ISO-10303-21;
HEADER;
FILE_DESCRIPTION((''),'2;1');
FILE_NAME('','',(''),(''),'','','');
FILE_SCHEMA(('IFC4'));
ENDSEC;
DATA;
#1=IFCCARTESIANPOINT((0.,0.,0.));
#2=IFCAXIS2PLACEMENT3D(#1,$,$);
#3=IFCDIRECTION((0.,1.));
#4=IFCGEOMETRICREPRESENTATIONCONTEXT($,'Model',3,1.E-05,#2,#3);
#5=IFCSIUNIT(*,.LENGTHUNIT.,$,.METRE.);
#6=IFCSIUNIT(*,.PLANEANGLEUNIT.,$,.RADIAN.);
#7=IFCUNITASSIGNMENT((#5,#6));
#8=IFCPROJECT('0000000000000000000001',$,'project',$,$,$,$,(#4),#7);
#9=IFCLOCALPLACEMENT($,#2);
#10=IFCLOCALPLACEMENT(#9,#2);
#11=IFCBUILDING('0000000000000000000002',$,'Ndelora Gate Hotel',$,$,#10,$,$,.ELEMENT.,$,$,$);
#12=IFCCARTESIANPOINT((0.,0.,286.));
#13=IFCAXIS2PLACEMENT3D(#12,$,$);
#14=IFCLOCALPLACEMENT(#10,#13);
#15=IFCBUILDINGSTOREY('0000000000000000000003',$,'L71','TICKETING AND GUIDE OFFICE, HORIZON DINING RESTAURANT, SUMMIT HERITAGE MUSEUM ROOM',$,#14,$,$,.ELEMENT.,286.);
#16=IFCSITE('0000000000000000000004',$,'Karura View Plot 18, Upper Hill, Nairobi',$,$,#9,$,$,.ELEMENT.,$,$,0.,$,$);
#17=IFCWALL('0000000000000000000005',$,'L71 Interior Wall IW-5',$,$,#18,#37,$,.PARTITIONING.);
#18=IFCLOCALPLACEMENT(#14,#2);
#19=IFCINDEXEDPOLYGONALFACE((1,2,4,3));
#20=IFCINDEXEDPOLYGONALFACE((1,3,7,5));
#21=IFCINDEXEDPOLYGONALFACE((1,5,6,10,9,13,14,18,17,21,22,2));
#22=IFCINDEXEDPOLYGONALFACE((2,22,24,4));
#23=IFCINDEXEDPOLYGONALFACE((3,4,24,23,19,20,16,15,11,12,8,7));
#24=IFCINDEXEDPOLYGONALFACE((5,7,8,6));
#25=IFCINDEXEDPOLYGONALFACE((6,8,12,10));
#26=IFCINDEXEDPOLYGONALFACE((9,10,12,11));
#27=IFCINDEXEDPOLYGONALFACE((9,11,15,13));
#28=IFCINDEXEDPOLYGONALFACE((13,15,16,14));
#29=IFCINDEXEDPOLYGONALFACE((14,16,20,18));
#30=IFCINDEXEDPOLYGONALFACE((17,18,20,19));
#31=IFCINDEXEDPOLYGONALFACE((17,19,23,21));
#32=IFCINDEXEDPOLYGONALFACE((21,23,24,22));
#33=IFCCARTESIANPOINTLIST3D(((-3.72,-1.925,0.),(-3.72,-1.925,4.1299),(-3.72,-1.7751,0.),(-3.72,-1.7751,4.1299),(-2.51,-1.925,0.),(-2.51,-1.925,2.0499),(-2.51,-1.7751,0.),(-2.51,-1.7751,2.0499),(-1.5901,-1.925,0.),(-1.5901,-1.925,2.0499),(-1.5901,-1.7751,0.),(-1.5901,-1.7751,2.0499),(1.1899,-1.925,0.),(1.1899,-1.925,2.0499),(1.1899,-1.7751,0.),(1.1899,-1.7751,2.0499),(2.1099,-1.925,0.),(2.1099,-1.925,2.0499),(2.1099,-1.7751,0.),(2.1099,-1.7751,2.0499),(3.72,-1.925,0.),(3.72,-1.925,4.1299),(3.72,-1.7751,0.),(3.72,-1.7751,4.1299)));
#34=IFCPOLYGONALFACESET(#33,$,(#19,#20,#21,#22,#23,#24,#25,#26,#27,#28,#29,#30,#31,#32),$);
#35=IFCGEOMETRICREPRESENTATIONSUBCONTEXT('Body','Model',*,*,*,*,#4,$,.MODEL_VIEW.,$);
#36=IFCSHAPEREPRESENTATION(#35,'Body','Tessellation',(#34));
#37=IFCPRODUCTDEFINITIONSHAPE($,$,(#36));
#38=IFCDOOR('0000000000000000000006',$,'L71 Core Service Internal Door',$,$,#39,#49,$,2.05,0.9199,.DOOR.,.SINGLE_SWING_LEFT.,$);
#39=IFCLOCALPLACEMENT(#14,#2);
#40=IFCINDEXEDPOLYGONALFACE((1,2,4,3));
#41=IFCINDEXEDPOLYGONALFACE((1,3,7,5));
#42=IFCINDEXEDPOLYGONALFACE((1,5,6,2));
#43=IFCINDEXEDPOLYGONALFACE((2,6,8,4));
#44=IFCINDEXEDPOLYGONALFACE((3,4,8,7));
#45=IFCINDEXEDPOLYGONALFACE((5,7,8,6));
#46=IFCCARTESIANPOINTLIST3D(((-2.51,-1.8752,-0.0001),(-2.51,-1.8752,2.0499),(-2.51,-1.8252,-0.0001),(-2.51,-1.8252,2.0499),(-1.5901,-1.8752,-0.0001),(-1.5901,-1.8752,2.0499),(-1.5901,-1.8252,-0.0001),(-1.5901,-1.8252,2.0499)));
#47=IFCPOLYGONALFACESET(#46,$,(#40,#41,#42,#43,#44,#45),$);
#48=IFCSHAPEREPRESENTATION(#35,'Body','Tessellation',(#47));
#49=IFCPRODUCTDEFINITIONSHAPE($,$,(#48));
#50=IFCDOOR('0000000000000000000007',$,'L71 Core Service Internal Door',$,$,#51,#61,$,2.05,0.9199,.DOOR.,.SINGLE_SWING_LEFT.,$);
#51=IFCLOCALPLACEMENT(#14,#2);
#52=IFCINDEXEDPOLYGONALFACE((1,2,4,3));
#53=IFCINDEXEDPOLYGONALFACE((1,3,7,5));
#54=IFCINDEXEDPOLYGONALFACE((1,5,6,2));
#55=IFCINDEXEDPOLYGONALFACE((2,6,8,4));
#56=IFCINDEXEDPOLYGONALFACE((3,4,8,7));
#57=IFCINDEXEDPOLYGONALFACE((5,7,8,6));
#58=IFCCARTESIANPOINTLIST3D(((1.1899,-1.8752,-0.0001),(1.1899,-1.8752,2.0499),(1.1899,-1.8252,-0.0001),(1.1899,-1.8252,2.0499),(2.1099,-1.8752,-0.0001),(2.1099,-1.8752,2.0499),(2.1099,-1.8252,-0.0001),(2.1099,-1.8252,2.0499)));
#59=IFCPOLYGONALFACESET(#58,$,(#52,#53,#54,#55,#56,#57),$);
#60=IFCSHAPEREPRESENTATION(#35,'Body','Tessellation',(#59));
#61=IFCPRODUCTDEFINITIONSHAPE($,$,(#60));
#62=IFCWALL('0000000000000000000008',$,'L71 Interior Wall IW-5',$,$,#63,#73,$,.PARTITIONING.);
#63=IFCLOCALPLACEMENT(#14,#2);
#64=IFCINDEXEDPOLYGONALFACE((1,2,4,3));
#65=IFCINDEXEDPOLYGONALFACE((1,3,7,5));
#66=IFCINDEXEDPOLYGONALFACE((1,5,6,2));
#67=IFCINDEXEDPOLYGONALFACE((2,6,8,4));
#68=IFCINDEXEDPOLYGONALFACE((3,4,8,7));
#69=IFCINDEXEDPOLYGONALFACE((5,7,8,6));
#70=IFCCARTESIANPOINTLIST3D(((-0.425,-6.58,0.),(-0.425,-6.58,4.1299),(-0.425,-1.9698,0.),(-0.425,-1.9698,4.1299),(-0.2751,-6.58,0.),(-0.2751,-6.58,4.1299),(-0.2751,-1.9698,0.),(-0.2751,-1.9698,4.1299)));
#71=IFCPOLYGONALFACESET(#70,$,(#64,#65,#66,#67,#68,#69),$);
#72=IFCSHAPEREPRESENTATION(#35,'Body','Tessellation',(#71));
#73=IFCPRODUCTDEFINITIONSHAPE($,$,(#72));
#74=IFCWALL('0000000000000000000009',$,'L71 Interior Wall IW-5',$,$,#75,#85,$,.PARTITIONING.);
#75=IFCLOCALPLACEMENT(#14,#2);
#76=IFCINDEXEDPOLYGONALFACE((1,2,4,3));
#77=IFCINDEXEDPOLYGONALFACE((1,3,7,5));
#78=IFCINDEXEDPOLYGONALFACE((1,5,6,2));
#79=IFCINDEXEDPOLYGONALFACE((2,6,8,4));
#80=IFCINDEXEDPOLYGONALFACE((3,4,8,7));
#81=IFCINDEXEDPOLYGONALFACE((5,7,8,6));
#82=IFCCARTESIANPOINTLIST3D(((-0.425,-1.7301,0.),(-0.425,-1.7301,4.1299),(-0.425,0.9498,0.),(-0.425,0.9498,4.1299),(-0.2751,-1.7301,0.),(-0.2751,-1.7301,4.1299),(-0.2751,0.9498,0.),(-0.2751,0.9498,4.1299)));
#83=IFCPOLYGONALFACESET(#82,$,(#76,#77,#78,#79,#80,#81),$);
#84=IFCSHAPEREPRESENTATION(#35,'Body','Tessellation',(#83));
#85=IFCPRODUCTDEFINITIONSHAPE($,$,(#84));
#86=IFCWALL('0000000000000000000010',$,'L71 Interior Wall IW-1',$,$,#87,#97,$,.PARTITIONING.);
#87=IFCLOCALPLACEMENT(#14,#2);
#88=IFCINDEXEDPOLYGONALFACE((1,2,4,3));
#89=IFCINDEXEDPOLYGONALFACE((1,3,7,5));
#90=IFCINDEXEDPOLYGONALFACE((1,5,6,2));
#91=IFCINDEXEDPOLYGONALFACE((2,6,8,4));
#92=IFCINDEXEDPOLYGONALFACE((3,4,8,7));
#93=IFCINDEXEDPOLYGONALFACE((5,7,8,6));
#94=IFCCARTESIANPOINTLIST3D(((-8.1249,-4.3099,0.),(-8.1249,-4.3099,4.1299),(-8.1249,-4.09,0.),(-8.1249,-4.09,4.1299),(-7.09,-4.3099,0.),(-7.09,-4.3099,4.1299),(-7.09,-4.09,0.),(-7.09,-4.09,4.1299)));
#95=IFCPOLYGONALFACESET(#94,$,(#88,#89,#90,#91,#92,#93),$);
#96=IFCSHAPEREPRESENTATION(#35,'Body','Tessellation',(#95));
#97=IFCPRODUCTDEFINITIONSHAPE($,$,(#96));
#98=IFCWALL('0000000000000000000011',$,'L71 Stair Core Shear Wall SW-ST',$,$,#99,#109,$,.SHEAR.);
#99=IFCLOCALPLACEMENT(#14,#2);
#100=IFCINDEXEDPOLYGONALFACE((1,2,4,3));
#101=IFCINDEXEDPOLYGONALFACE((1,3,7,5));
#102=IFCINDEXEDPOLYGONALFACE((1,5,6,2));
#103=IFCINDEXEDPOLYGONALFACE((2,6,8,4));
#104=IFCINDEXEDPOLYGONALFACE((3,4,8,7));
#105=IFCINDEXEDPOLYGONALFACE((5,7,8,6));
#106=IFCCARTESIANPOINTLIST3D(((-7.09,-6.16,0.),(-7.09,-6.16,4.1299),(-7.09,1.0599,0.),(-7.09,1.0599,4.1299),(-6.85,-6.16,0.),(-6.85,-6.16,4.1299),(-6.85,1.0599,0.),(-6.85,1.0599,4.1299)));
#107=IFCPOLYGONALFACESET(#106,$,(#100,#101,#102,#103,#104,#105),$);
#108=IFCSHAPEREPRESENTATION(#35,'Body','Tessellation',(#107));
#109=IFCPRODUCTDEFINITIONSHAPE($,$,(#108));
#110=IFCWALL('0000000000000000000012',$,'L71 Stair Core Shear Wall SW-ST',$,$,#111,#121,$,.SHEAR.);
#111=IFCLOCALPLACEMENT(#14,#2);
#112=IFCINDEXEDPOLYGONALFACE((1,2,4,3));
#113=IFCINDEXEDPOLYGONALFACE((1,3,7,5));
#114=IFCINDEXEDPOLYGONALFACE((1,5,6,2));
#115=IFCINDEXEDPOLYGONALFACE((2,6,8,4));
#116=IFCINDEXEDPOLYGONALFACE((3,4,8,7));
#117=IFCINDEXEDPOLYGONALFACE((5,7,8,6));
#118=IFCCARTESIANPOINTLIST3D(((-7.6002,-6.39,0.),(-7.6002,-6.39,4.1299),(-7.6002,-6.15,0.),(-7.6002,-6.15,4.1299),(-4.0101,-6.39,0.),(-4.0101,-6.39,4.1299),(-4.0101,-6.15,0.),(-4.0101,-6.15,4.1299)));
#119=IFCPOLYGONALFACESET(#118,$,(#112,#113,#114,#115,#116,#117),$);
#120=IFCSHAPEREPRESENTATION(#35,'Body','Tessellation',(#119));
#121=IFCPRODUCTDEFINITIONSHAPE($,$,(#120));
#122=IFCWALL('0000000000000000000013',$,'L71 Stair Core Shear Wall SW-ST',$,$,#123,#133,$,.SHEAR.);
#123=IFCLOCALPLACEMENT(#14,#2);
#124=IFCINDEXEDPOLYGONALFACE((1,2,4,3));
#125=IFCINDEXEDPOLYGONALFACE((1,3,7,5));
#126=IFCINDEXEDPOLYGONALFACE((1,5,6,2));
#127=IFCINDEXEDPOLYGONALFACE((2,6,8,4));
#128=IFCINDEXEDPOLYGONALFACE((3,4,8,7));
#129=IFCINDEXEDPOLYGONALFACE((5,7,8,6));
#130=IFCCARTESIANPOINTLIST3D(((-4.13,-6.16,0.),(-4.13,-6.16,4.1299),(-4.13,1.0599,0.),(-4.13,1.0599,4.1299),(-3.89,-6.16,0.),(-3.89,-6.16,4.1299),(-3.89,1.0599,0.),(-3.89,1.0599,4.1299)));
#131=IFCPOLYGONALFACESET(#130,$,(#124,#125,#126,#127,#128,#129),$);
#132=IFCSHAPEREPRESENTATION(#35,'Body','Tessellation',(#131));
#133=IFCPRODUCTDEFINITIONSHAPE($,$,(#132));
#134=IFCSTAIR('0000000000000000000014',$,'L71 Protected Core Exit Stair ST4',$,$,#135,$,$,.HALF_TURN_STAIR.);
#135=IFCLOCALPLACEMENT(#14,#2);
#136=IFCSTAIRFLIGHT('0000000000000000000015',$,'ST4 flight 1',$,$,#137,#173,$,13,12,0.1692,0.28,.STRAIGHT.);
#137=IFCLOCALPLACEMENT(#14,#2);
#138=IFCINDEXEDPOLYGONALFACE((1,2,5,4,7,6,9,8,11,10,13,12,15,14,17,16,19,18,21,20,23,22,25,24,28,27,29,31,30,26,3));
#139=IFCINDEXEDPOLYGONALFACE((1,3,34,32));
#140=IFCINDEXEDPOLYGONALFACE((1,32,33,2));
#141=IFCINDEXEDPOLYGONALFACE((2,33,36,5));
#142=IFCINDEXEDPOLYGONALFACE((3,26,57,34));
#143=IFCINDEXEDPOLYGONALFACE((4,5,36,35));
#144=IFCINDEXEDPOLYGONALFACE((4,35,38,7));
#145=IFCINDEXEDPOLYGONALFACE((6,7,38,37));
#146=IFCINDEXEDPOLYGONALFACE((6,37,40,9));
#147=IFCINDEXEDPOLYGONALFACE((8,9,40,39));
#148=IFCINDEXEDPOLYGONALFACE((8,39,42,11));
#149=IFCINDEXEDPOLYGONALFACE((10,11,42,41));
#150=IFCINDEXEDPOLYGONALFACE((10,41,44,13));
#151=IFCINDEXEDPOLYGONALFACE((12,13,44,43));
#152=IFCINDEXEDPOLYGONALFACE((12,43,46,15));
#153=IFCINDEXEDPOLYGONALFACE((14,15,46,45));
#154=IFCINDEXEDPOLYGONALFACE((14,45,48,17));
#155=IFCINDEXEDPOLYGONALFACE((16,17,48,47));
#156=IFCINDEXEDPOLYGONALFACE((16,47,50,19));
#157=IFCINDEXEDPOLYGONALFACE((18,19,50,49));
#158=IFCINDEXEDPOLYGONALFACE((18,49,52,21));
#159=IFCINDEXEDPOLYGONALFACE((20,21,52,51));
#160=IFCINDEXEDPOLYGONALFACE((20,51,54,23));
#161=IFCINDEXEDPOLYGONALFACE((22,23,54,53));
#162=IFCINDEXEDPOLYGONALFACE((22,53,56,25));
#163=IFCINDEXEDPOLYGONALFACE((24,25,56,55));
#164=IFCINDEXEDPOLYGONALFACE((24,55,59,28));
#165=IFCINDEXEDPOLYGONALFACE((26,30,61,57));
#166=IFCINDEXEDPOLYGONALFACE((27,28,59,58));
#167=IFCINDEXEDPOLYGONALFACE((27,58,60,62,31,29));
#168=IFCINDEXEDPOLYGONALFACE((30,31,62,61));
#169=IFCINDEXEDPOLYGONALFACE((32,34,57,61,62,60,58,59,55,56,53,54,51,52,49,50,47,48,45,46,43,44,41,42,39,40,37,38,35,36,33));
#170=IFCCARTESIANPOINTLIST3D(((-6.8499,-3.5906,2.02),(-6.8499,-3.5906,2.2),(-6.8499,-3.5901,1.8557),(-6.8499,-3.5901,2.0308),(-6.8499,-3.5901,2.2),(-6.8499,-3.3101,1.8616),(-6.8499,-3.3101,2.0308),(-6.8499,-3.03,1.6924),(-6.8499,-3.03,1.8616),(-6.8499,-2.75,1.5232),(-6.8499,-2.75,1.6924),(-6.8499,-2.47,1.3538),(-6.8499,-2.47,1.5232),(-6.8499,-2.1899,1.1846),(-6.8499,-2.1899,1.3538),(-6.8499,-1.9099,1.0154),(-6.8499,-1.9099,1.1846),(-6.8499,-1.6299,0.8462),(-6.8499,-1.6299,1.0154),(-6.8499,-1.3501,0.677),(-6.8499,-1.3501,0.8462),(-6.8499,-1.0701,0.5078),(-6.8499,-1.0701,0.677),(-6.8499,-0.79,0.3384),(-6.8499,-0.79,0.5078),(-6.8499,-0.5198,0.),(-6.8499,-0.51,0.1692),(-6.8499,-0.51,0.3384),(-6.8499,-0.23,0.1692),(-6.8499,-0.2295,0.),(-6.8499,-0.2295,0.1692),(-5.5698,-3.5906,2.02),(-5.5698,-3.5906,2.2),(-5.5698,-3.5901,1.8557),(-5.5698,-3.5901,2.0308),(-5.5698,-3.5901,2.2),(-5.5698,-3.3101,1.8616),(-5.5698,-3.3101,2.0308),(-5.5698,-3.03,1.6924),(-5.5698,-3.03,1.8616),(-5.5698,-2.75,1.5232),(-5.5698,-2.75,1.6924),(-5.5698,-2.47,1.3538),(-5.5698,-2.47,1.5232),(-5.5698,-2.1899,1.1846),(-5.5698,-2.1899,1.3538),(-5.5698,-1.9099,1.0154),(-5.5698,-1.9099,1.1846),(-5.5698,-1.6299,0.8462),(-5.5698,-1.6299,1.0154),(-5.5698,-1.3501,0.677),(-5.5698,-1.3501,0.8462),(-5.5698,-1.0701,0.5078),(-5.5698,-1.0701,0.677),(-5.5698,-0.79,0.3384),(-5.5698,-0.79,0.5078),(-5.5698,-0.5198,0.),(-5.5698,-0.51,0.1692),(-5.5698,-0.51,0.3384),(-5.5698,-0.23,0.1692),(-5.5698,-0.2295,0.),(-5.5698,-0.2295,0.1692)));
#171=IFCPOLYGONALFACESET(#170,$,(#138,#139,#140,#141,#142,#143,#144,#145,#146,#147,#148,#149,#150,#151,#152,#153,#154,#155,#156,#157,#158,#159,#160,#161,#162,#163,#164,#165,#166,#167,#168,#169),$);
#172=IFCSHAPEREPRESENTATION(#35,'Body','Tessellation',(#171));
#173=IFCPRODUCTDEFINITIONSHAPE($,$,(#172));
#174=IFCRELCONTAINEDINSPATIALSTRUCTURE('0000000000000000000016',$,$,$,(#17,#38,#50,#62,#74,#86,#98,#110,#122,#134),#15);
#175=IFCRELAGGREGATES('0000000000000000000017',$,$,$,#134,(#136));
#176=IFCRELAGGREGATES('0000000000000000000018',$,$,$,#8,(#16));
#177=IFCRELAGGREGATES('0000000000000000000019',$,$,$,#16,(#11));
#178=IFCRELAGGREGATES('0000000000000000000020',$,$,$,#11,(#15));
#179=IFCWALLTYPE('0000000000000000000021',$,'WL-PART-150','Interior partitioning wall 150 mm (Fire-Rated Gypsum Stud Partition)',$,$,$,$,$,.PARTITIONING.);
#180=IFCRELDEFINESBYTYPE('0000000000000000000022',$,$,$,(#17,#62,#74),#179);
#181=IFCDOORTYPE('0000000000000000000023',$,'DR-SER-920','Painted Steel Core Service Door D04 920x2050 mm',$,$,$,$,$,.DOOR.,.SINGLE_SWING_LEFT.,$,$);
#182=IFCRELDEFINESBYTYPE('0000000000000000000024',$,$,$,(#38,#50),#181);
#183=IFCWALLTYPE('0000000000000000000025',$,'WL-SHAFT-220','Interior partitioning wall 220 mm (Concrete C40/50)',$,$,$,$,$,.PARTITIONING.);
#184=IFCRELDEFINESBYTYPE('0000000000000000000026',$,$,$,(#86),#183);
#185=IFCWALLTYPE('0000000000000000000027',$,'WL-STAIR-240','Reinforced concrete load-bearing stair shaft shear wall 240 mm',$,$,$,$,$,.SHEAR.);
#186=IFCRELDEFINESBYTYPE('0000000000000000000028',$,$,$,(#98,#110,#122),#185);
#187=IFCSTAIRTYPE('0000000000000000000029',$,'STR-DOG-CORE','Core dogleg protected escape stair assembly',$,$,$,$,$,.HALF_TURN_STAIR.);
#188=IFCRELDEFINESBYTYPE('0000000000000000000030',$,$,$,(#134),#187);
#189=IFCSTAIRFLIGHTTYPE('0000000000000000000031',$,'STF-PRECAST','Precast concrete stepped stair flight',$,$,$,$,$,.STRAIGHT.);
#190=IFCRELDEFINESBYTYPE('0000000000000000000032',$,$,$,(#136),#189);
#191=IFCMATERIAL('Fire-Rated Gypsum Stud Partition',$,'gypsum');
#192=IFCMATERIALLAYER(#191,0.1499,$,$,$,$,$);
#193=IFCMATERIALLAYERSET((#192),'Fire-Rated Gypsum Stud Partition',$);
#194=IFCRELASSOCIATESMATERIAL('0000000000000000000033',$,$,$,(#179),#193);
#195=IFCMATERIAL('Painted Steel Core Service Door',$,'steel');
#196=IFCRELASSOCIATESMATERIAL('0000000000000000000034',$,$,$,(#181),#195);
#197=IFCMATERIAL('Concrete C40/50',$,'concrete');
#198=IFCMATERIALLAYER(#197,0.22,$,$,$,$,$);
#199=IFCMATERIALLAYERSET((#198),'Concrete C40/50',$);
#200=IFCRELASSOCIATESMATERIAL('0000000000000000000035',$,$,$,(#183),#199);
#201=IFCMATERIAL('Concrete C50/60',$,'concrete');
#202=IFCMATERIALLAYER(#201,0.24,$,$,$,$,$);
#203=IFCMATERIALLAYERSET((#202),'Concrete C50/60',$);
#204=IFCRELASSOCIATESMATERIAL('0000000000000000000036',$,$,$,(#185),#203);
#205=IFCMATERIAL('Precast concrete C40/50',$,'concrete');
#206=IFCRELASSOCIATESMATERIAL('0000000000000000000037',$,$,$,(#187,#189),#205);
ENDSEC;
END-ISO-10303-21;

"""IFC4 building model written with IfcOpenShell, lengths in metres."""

from ifc_helpers import new_model, si_unit, direction, frame, frame_2d, origin, place, context, subcontext, project, spatial, polyline, rectangle, outline, extrude, material, layer, layer_set, type_object, element, fill, aggregate, save


model = new_model("IFC4")

# Units and contexts
model_context = context("Model", 3, precision=1e-05, world=origin(), true_north=direction((0.0, 1.0)))
body_context = subcontext(model_context, "Body", "Model", "MODEL_VIEW")
ifc_project = project(units=[si_unit("LENGTHUNIT", "METRE"), si_unit("PLANEANGLEUNIT", "RADIAN")], contexts=[model_context])

# Site, building, storey
site_placement = place(None, origin())
site = spatial("IfcSite", under=ifc_project, at=site_placement, Name="Karura View Plot 18, Upper Hill, Nairobi", CompositionType="ELEMENT", RefElevation=0.0)
building_placement = place(site_placement, origin())
building = spatial("IfcBuilding", under=site, at=building_placement, Name="Ndelora Gate Hotel", CompositionType="ELEMENT")
storey_placement = place(building_placement, frame((0.0, 0.0, 286.0)))
storey = spatial("IfcBuildingStorey", under=building, at=storey_placement, Name="L71", Description="TICKETING AND GUIDE OFFICE, HORIZON DINING RESTAURANT, SUMMIT HERITAGE MUSEUM ROOM", CompositionType="ELEMENT", Elevation=286.0)

# Shared definitions
ifc_material_1 = material(Name="Concrete C40/50", Category="concrete")

# Wall, openings, doors
ifc_material_2 = material(Name="Fire-Rated Gypsum Stud Partition", Category="gypsum")
ifc_layer_1 = layer(ifc_material_2, 0.1499)
ifc_layer_set_1 = layer_set([ifc_layer_1], Name="Fire-Rated Gypsum Stud Partition")
wall_type_1 = type_object("IfcWallType", Name="WL-PART-150", Description="Interior partitioning wall 150 mm (Fire-Rated Gypsum Stud Partition)", PredefinedType="PARTITIONING", material=ifc_layer_set_1)
wall_1_placement = place(storey_placement, frame((-3.72, -1.8501, 0.0), z_axis=(0.0, 0.0, 1.0), x_axis=(1.0, 0.0, 0.0)))
wall_1 = element("IfcWall", 1, at=wall_1_placement, inside=storey, type_object=wall_type_1, Name="L71 Interior Wall IW-5", PredefinedType="PARTITIONING", context=body_context, shape_type="SweptSolid", body=[
    extrude(rectangle(XDim=7.4399, YDim=0.1499, at=frame_2d((3.72, 0.0))), origin(), (0.0, 0.0, 1.0), 4.1299),
])
opening_1_placement = place(wall_1_placement, frame((1.21, 0.0, 0.0)))
opening_1 = element("IfcOpeningElement", 2, at=opening_1_placement, cuts=wall_1, PredefinedType="OPENING", context=body_context, shape_type="SweptSolid", body=[
    extrude(rectangle(XDim=0.9199, YDim=2.05, at=frame_2d((0.46, 1.0249))), frame((0.0, 0.085, 0.0), z_axis=(0.0, -1.0, 0.0), x_axis=(1.0, 0.0, 0.0)), (0.0, 0.0, 1.0), 0.1699),
])
opening_2_placement = place(wall_1_placement, frame((4.9099, 0.0, 0.0)))
opening_2 = element("IfcOpeningElement", 3, at=opening_2_placement, cuts=wall_1, PredefinedType="OPENING", context=body_context, shape_type="SweptSolid", body=[
    extrude(rectangle(XDim=0.9199, YDim=2.05, at=frame_2d((0.46, 1.0249))), frame((0.0, 0.085, 0.0), z_axis=(0.0, -1.0, 0.0), x_axis=(1.0, 0.0, 0.0)), (0.0, 0.0, 1.0), 0.1699),
])
ifc_material_3 = material(Name="Painted Steel Core Service Door", Category="steel")
door_type = type_object("IfcDoorType", Name="DR-SER-920", Description="Painted Steel Core Service Door D04 920x2050 mm", OperationType="SINGLE_SWING_LEFT", PredefinedType="DOOR", material=ifc_material_3)
door_1_placement = place(opening_1_placement, origin())
door_1 = element("IfcDoor", 4, at=door_1_placement, inside=storey, type_object=door_type, Name="L71 Core Service Internal Door", OperationType="SINGLE_SWING_LEFT", OverallHeight=2.05, OverallWidth=0.9199, PredefinedType="DOOR", context=body_context, shape_type="SweptSolid", body=[
    extrude(rectangle(XDim=0.9199, YDim=2.05, at=frame_2d((0.46, 1.0249))), frame((0.0, 0.0249, 0.0), z_axis=(0.0, -1.0, 0.0), x_axis=(1.0, 0.0, 0.0)), (0.0, 0.0, 1.0), 0.05),
])
fill(opening_1, door_1)
door_2_placement = place(opening_2_placement, origin())
door_2 = element("IfcDoor", 5, at=door_2_placement, inside=storey, type_object=door_type, Name="L71 Core Service Internal Door", OperationType="SINGLE_SWING_LEFT", OverallHeight=2.05, OverallWidth=0.9199, PredefinedType="DOOR", context=body_context, shape_type="SweptSolid", body=[
    extrude(rectangle(XDim=0.9199, YDim=2.05, at=frame_2d((0.46, 1.0249))), frame((0.0, 0.0249, 0.0), z_axis=(0.0, -1.0, 0.0), x_axis=(1.0, 0.0, 0.0)), (0.0, 0.0, 1.0), 0.05),
])
fill(opening_2, door_2)

# Walls
wall_2_placement = place(storey_placement, frame((-0.3501, -6.5801, 0.0), z_axis=(0.0, 0.0, 1.0), x_axis=(0.0, 1.0, 0.0)))
element("IfcWall", 6, at=wall_2_placement, inside=storey, type_object=wall_type_1, Name="L71 Interior Wall IW-5", PredefinedType="PARTITIONING", context=body_context, shape_type="SweptSolid", body=[
    extrude(rectangle(XDim=4.6101, YDim=0.1499, at=frame_2d((2.3052, 0.0))), origin(), (0.0, 0.0, 1.0), 4.1299),
])
wall_3_placement = place(storey_placement, frame((-0.3501, -1.73, 0.0), z_axis=(0.0, 0.0, 1.0), x_axis=(0.0, 1.0, 0.0)))
element("IfcWall", 7, at=wall_3_placement, inside=storey, type_object=wall_type_1, Name="L71 Interior Wall IW-5", PredefinedType="PARTITIONING", context=body_context, shape_type="SweptSolid", body=[
    extrude(rectangle(XDim=2.6799, YDim=0.1499, at=frame_2d((1.3398, 0.0))), origin(), (0.0, 0.0, 1.0), 4.1299),
])
ifc_layer_2 = layer(ifc_material_1, 0.22)
ifc_layer_set_2 = layer_set([ifc_layer_2], Name="Concrete C40/50")
wall_type_2 = type_object("IfcWallType", Name="WL-SHAFT-220", Description="Interior partitioning wall 220 mm (Concrete C40/50)", PredefinedType="PARTITIONING", material=ifc_layer_set_2)
wall_4_placement = place(storey_placement, frame((-8.125, -4.2, 0.0), z_axis=(0.0, 0.0, 1.0), x_axis=(1.0, 0.0, 0.0)))
element("IfcWall", 8, at=wall_4_placement, inside=storey, type_object=wall_type_2, Name="L71 Interior Wall IW-1", PredefinedType="PARTITIONING", context=body_context, shape_type="SweptSolid", body=[
    extrude(rectangle(XDim=1.0349, YDim=0.22, at=frame_2d((0.5176, 0.0))), origin(), (0.0, 0.0, 1.0), 4.1299),
])
ifc_material_4 = material(Name="Concrete C50/60", Category="concrete")
ifc_layer_3 = layer(ifc_material_4, 0.24)
ifc_layer_set_3 = layer_set([ifc_layer_3], Name="Concrete C50/60")
wall_type_3 = type_object("IfcWallType", Name="WL-STAIR-240", Description="Reinforced concrete load-bearing stair shaft shear wall 240 mm", PredefinedType="SHEAR", material=ifc_layer_set_3)
wall_5_placement = place(storey_placement, frame((-6.97, -6.1599, 0.0), z_axis=(0.0, 0.0, 1.0), x_axis=(0.0, 1.0, 0.0)))
element("IfcWall", 9, at=wall_5_placement, inside=storey, type_object=wall_type_3, Name="L71 Stair Core Shear Wall SW-ST", PredefinedType="SHEAR", context=body_context, shape_type="SweptSolid", body=[
    extrude(rectangle(XDim=7.22, YDim=0.24, at=frame_2d((3.6099, 0.0))), origin(), (0.0, 0.0, 1.0), 4.1299),
])
wall_6_placement = place(storey_placement, frame((-7.6001, -6.27, 0.0), z_axis=(0.0, 0.0, 1.0), x_axis=(1.0, 0.0, 0.0)))
element("IfcWall", 10, at=wall_6_placement, inside=storey, type_object=wall_type_3, Name="L71 Stair Core Shear Wall SW-ST", PredefinedType="SHEAR", context=body_context, shape_type="SweptSolid", body=[
    extrude(rectangle(XDim=3.5901, YDim=0.24, at=frame_2d((1.7949, 0.0))), origin(), (0.0, 0.0, 1.0), 4.1299),
])
wall_7_placement = place(storey_placement, frame((-4.01, -6.1599, 0.0), z_axis=(0.0, 0.0, 1.0), x_axis=(0.0, 1.0, 0.0)))
element("IfcWall", 11, at=wall_7_placement, inside=storey, type_object=wall_type_3, Name="L71 Stair Core Shear Wall SW-ST", PredefinedType="SHEAR", context=body_context, shape_type="SweptSolid", body=[
    extrude(rectangle(XDim=7.22, YDim=0.24, at=frame_2d((3.6099, 0.0))), origin(), (0.0, 0.0, 1.0), 4.1299),
])

# Stair, stair flight
ifc_material_5 = material(Name="Precast concrete C40/50", Category="concrete")
stair_type = type_object("IfcStairType", Name="STR-DOG-CORE", Description="Core dogleg protected escape stair assembly", PredefinedType="HALF_TURN_STAIR", material=ifc_material_5)
stair_placement = place(storey_placement, origin())
stair = element("IfcStair", 12, at=stair_placement, inside=storey, type_object=stair_type, Name="L71 Protected Core Exit Stair ST4", PredefinedType="HALF_TURN_STAIR")
stair_flight_type = type_object("IfcStairFlightType", Name="STF-PRECAST", Description="Precast concrete stepped stair flight", PredefinedType="STRAIGHT", material=ifc_material_5)
stair_flight_1_placement = place(storey_placement, frame((-6.21, -0.23, 0.0), z_axis=(0.0, 0.0, 1.0), x_axis=(0.0, -1.0, 0.0)))
stair_flight_1 = element("IfcStairFlight", 13, at=stair_flight_1_placement, type_object=stair_flight_type, Name="ST4 flight 1", NumberOfRisers=13, NumberOfTreads=12, PredefinedType="STRAIGHT", RiserHeight=0.1692, TreadLength=0.28, context=body_context, shape_type="SweptSolid", body=[
    extrude(outline(polyline([(-0.0005, 0.0), (-0.0005, 0.1692), (0.0, 0.1692), (0.28, 0.1692), (0.28, 0.3384), (0.5601, 0.3384), (0.5601, 0.5078), (0.8401, 0.5078), (0.8401, 0.677), (1.1201, 0.677), (1.1201, 0.8462), (1.3999, 0.8462), (1.3999, 1.0154), (1.6799, 1.0154), (1.6799, 1.1846), (1.96, 1.1846), (1.96, 1.3538), (2.24, 1.3538), (2.24, 1.5232), (2.52, 1.5232), (2.52, 1.6924), (2.8, 1.6924), (2.8, 1.8616), (3.0801, 1.8616), (3.0801, 2.0308), (3.3601, 2.0308), (3.3601, 2.2), (3.3606, 2.2), (3.3606, 2.02), (3.3601, 1.8557), (0.2898, 0.0), (-0.0005, 0.0)])), frame((0.0, 0.6401, 0.0), z_axis=(0.0, -1.0, 0.0), x_axis=(1.0, 0.0, 0.0)), (0.0, 0.0, 1.0), 1.28),
])
aggregate(stair, [stair_flight_1])

save(model, "model.ifc")
